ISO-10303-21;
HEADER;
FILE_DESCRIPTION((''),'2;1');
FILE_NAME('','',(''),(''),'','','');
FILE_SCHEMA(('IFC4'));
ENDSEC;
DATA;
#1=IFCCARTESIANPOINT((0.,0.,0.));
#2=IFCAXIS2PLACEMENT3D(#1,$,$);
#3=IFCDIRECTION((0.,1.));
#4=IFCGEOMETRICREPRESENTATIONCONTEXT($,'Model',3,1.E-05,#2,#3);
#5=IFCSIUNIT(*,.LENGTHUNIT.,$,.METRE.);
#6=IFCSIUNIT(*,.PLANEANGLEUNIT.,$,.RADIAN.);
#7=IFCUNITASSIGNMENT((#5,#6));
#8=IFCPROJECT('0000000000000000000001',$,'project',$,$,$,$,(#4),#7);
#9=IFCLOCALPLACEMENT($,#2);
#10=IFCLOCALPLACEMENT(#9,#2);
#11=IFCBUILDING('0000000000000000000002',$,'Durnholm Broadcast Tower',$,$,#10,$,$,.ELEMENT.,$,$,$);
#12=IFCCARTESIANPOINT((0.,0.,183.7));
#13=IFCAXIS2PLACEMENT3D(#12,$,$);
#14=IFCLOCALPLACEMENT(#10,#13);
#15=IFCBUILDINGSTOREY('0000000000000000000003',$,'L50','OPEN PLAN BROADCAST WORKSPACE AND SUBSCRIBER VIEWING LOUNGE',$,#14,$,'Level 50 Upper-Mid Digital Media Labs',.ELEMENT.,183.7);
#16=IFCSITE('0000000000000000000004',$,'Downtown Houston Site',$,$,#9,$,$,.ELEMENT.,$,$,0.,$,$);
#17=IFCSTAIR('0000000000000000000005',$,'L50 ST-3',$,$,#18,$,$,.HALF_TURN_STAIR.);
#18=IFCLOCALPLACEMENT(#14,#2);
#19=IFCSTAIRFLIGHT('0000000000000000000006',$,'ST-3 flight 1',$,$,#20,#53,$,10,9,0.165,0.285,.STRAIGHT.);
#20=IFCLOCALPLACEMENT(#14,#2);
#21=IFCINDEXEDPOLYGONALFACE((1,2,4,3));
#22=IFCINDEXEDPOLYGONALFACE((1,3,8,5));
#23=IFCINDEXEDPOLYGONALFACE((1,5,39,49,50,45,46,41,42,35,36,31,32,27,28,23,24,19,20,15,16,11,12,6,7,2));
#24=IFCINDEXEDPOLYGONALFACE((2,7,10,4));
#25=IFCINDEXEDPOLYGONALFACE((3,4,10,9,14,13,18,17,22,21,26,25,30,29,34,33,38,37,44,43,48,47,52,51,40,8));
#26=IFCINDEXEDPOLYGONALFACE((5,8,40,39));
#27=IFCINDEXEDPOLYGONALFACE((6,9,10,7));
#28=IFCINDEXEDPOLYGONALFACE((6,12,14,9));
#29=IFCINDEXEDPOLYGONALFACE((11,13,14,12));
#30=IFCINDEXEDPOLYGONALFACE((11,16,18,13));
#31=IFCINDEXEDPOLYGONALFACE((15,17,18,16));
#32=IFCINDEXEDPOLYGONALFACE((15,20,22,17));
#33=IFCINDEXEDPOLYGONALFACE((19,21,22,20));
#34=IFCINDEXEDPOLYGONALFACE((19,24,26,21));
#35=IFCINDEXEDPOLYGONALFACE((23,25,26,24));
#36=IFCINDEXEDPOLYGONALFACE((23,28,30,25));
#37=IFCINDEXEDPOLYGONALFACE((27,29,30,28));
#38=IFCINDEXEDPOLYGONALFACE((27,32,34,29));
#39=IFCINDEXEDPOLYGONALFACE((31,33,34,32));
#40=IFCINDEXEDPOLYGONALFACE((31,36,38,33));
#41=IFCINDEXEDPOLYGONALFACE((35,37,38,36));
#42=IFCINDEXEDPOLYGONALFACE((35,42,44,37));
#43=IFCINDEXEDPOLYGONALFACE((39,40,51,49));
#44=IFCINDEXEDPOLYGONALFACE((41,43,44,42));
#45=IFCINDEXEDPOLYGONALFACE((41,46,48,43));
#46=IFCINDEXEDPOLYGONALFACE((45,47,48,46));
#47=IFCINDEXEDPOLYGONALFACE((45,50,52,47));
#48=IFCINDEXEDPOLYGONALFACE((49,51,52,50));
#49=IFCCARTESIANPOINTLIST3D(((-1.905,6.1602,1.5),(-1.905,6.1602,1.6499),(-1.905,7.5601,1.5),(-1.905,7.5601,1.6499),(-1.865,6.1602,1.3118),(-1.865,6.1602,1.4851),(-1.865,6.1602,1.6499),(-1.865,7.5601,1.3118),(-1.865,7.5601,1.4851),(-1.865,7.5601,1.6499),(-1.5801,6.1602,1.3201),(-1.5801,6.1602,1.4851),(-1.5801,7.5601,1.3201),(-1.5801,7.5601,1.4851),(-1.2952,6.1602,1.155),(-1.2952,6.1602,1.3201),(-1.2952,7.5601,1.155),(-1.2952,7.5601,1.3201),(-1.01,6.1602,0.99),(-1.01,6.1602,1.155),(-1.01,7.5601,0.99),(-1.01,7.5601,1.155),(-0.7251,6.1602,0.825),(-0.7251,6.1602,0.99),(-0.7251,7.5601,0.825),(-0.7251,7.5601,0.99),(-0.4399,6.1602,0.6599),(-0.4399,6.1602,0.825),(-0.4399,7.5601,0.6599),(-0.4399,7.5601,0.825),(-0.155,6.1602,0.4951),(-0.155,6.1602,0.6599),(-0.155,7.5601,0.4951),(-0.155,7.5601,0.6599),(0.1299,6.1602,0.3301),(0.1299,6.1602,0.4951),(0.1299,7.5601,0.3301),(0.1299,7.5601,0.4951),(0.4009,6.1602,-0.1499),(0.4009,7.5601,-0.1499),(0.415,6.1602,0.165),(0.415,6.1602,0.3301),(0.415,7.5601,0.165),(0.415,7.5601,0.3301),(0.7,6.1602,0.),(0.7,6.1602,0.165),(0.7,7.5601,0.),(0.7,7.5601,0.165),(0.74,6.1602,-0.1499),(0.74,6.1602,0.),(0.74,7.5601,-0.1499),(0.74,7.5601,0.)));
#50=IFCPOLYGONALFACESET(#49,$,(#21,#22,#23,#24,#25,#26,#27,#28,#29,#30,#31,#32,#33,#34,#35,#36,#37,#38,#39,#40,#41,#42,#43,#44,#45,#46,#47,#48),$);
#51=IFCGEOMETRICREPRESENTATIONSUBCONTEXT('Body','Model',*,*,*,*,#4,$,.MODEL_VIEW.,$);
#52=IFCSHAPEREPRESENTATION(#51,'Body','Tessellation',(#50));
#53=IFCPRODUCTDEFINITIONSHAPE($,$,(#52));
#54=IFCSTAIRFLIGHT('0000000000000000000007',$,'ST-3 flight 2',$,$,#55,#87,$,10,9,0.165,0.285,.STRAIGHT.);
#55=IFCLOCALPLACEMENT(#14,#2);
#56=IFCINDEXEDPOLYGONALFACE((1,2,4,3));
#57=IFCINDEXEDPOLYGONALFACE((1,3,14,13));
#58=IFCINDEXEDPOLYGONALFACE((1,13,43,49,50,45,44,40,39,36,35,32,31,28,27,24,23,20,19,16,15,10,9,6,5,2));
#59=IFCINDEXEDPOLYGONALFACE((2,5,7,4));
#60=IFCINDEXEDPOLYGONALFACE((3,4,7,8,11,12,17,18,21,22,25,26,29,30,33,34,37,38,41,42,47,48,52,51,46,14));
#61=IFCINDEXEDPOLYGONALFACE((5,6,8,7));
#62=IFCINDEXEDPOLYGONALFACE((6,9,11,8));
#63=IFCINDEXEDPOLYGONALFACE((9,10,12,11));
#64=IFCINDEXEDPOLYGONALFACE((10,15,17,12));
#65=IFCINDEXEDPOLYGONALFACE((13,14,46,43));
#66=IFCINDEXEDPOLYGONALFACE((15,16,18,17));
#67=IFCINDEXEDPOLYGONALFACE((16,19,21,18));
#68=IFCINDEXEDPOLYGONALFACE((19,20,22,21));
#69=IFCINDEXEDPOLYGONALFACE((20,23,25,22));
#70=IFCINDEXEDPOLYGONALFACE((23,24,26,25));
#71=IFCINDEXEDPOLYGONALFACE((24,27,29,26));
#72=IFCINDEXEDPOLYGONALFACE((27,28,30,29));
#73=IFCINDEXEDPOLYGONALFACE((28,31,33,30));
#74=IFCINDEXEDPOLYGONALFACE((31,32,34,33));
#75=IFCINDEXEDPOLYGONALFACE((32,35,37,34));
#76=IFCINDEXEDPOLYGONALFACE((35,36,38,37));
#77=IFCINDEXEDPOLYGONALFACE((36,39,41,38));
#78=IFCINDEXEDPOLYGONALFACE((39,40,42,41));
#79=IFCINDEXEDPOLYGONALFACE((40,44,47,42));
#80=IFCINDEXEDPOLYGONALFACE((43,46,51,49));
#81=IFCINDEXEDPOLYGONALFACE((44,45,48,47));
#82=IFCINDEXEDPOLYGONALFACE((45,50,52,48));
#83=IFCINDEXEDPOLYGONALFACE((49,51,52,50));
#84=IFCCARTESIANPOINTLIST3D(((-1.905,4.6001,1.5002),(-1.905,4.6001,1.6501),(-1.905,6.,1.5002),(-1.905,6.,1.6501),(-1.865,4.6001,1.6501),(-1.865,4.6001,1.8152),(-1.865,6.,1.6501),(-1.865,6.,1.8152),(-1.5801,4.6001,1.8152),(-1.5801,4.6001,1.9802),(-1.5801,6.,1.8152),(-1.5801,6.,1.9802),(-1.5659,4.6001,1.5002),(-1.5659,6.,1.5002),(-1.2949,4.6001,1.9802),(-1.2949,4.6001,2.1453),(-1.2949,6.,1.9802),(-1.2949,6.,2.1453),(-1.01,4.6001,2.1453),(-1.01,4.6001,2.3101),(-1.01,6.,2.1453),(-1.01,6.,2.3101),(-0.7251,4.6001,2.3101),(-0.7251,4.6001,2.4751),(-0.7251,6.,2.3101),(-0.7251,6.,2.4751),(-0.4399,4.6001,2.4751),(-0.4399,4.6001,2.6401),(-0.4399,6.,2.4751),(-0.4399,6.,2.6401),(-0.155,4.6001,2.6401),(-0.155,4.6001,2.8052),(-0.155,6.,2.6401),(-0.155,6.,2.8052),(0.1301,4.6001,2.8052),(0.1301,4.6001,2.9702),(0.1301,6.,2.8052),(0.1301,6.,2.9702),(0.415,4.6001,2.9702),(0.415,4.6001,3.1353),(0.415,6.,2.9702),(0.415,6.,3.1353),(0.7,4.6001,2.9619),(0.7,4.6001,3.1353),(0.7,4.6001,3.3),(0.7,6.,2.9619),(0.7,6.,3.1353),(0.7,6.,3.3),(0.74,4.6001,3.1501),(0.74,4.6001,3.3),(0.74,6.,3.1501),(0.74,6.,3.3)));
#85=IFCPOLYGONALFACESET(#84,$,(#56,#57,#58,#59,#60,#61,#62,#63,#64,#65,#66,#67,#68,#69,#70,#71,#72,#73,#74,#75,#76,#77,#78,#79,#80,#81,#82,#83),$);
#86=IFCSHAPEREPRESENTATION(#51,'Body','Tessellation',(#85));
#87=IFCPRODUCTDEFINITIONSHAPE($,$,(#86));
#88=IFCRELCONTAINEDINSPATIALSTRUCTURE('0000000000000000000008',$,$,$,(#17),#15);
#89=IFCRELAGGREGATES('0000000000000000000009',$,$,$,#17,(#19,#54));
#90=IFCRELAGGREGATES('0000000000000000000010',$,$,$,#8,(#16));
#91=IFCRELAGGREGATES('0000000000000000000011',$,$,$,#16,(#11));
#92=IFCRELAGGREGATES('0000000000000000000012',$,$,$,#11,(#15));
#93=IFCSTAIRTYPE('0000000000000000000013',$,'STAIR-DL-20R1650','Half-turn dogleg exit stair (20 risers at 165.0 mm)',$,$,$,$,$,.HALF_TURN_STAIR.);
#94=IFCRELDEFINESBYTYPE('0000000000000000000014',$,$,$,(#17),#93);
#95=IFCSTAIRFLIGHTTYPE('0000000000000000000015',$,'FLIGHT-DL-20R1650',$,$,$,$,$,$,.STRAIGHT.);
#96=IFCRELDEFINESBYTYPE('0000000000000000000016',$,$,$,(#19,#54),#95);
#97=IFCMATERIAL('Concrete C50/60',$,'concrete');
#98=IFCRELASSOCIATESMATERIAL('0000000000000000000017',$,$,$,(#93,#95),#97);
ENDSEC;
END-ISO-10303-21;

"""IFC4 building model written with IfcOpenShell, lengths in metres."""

from ifc_helpers import new_model, si_unit, direction, frame, origin, place, context, subcontext, project, spatial, polyline, outline, extrude, material, type_object, element, aggregate, save


model = new_model("IFC4")

# Units and contexts
model_context = context("Model", 3, precision=1e-05, world=origin(), true_north=direction((0.0, 1.0)))
body_context = subcontext(model_context, "Body", "Model", "MODEL_VIEW")
ifc_project = project(units=[si_unit("LENGTHUNIT", "METRE"), si_unit("PLANEANGLEUNIT", "RADIAN")], contexts=[model_context])

# Site, building, storey
site_placement = place(None, origin())
site = spatial("IfcSite", under=ifc_project, at=site_placement, Name="Downtown Houston Site", CompositionType="ELEMENT", RefElevation=0.0)
building_placement = place(site_placement, origin())
building = spatial("IfcBuilding", under=site, at=building_placement, Name="Durnholm Broadcast Tower", CompositionType="ELEMENT")
storey_placement = place(building_placement, frame((0.0, 0.0, 183.7)))
storey = spatial("IfcBuildingStorey", under=building, at=storey_placement, Name="L50", Description="OPEN PLAN BROADCAST WORKSPACE AND SUBSCRIBER VIEWING LOUNGE", LongName="Level 50 Upper-Mid Digital Media Labs", CompositionType="ELEMENT", Elevation=183.7)

# Stair
ifc_material_1 = material(Name="Concrete C50/60", Category="concrete")
stair_type = type_object("IfcStairType", Name="STAIR-DL-20R1650", Description="Half-turn dogleg exit stair (20 risers at 165.0 mm)", PredefinedType="HALF_TURN_STAIR", material=ifc_material_1)
stair_1_placement = place(storey_placement, origin())
stair_1 = element("IfcStair", 1, at=stair_1_placement, inside=storey, type_object=stair_type, Name="L50 ST-3", PredefinedType="HALF_TURN_STAIR")

# Stair flights
stair_flight_type = type_object("IfcStairFlightType", Name="FLIGHT-DL-20R1650", PredefinedType="STRAIGHT", material=ifc_material_1)
stair_flight_1_placement = place(storey_placement, frame((0.7, 6.8601, 0.0), z_axis=(0.0, 0.0, 1.0), x_axis=(-1.0, 0.0, 0.0)))
stair_flight_1 = element("IfcStairFlight", 2, at=stair_flight_1_placement, type_object=stair_flight_type, Name="ST-3 flight 1", NumberOfRisers=10, NumberOfTreads=9, PredefinedType="STRAIGHT", RiserHeight=0.165, TreadLength=0.285, context=body_context, shape_type="SweptSolid", body=[
    extrude(outline(polyline([(-0.04, -0.1499), (-0.04, 0.0), (0.0, 0.0), (0.0, 0.165), (0.2849, 0.165), (0.2849, 0.3301), (0.5701, 0.3301), (0.5701, 0.4951), (0.855, 0.4951), (0.855, 0.6599), (1.1399, 0.6599), (1.1399, 0.825), (1.425, 0.825), (1.425, 0.99), (1.71, 0.99), (1.71, 1.155), (1.9951, 1.155), (1.9951, 1.3201), (2.28, 1.3201), (2.28, 1.4851), (2.5649, 1.4851), (2.5649, 1.6499), (2.605, 1.6499), (2.605, 1.5), (2.5649, 1.3118), (0.2991, -0.1499), (-0.04, -0.1499)])), frame((0.0, 0.7, 0.0), z_axis=(0.0, -1.0, 0.0), x_axis=(1.0, 0.0, 0.0)), (0.0, 0.0, 1.0), 1.3999),
])
stair_flight_2_placement = place(storey_placement, frame((-1.865, 5.3, 1.6501), z_axis=(0.0, 0.0, 1.0), x_axis=(1.0, 0.0, 0.0)))
stair_flight_2 = element("IfcStairFlight", 3, at=stair_flight_2_placement, type_object=stair_flight_type, Name="ST-3 flight 2", NumberOfRisers=10, NumberOfTreads=9, PredefinedType="STRAIGHT", RiserHeight=0.165, TreadLength=0.285, context=body_context, shape_type="SweptSolid", body=[
    extrude(outline(polyline([(-0.04, -0.1499), (-0.04, 0.0), (0.0, 0.0), (0.0, 0.165), (0.2849, 0.165), (0.2849, 0.3301), (0.5701, 0.3301), (0.5701, 0.4951), (0.855, 0.4951), (0.855, 0.6599), (1.1399, 0.6599), (1.1399, 0.825), (1.425, 0.825), (1.425, 0.99), (1.71, 0.99), (1.71, 1.155), (1.9951, 1.155), (1.9951, 1.3201), (2.28, 1.3201), (2.28, 1.4851), (2.5649, 1.4851), (2.5649, 1.6499), (2.605, 1.6499), (2.605, 1.5), (2.5649, 1.3118), (0.2991, -0.1499), (-0.04, -0.1499)])), frame((0.0, 0.7, 0.0), z_axis=(0.0, -1.0, 0.0), x_axis=(1.0, 0.0, 0.0)), (0.0, 0.0, 1.0), 1.3999),
])
aggregate(stair_1, [stair_flight_1, stair_flight_2])

save(model, "model.ifc")
